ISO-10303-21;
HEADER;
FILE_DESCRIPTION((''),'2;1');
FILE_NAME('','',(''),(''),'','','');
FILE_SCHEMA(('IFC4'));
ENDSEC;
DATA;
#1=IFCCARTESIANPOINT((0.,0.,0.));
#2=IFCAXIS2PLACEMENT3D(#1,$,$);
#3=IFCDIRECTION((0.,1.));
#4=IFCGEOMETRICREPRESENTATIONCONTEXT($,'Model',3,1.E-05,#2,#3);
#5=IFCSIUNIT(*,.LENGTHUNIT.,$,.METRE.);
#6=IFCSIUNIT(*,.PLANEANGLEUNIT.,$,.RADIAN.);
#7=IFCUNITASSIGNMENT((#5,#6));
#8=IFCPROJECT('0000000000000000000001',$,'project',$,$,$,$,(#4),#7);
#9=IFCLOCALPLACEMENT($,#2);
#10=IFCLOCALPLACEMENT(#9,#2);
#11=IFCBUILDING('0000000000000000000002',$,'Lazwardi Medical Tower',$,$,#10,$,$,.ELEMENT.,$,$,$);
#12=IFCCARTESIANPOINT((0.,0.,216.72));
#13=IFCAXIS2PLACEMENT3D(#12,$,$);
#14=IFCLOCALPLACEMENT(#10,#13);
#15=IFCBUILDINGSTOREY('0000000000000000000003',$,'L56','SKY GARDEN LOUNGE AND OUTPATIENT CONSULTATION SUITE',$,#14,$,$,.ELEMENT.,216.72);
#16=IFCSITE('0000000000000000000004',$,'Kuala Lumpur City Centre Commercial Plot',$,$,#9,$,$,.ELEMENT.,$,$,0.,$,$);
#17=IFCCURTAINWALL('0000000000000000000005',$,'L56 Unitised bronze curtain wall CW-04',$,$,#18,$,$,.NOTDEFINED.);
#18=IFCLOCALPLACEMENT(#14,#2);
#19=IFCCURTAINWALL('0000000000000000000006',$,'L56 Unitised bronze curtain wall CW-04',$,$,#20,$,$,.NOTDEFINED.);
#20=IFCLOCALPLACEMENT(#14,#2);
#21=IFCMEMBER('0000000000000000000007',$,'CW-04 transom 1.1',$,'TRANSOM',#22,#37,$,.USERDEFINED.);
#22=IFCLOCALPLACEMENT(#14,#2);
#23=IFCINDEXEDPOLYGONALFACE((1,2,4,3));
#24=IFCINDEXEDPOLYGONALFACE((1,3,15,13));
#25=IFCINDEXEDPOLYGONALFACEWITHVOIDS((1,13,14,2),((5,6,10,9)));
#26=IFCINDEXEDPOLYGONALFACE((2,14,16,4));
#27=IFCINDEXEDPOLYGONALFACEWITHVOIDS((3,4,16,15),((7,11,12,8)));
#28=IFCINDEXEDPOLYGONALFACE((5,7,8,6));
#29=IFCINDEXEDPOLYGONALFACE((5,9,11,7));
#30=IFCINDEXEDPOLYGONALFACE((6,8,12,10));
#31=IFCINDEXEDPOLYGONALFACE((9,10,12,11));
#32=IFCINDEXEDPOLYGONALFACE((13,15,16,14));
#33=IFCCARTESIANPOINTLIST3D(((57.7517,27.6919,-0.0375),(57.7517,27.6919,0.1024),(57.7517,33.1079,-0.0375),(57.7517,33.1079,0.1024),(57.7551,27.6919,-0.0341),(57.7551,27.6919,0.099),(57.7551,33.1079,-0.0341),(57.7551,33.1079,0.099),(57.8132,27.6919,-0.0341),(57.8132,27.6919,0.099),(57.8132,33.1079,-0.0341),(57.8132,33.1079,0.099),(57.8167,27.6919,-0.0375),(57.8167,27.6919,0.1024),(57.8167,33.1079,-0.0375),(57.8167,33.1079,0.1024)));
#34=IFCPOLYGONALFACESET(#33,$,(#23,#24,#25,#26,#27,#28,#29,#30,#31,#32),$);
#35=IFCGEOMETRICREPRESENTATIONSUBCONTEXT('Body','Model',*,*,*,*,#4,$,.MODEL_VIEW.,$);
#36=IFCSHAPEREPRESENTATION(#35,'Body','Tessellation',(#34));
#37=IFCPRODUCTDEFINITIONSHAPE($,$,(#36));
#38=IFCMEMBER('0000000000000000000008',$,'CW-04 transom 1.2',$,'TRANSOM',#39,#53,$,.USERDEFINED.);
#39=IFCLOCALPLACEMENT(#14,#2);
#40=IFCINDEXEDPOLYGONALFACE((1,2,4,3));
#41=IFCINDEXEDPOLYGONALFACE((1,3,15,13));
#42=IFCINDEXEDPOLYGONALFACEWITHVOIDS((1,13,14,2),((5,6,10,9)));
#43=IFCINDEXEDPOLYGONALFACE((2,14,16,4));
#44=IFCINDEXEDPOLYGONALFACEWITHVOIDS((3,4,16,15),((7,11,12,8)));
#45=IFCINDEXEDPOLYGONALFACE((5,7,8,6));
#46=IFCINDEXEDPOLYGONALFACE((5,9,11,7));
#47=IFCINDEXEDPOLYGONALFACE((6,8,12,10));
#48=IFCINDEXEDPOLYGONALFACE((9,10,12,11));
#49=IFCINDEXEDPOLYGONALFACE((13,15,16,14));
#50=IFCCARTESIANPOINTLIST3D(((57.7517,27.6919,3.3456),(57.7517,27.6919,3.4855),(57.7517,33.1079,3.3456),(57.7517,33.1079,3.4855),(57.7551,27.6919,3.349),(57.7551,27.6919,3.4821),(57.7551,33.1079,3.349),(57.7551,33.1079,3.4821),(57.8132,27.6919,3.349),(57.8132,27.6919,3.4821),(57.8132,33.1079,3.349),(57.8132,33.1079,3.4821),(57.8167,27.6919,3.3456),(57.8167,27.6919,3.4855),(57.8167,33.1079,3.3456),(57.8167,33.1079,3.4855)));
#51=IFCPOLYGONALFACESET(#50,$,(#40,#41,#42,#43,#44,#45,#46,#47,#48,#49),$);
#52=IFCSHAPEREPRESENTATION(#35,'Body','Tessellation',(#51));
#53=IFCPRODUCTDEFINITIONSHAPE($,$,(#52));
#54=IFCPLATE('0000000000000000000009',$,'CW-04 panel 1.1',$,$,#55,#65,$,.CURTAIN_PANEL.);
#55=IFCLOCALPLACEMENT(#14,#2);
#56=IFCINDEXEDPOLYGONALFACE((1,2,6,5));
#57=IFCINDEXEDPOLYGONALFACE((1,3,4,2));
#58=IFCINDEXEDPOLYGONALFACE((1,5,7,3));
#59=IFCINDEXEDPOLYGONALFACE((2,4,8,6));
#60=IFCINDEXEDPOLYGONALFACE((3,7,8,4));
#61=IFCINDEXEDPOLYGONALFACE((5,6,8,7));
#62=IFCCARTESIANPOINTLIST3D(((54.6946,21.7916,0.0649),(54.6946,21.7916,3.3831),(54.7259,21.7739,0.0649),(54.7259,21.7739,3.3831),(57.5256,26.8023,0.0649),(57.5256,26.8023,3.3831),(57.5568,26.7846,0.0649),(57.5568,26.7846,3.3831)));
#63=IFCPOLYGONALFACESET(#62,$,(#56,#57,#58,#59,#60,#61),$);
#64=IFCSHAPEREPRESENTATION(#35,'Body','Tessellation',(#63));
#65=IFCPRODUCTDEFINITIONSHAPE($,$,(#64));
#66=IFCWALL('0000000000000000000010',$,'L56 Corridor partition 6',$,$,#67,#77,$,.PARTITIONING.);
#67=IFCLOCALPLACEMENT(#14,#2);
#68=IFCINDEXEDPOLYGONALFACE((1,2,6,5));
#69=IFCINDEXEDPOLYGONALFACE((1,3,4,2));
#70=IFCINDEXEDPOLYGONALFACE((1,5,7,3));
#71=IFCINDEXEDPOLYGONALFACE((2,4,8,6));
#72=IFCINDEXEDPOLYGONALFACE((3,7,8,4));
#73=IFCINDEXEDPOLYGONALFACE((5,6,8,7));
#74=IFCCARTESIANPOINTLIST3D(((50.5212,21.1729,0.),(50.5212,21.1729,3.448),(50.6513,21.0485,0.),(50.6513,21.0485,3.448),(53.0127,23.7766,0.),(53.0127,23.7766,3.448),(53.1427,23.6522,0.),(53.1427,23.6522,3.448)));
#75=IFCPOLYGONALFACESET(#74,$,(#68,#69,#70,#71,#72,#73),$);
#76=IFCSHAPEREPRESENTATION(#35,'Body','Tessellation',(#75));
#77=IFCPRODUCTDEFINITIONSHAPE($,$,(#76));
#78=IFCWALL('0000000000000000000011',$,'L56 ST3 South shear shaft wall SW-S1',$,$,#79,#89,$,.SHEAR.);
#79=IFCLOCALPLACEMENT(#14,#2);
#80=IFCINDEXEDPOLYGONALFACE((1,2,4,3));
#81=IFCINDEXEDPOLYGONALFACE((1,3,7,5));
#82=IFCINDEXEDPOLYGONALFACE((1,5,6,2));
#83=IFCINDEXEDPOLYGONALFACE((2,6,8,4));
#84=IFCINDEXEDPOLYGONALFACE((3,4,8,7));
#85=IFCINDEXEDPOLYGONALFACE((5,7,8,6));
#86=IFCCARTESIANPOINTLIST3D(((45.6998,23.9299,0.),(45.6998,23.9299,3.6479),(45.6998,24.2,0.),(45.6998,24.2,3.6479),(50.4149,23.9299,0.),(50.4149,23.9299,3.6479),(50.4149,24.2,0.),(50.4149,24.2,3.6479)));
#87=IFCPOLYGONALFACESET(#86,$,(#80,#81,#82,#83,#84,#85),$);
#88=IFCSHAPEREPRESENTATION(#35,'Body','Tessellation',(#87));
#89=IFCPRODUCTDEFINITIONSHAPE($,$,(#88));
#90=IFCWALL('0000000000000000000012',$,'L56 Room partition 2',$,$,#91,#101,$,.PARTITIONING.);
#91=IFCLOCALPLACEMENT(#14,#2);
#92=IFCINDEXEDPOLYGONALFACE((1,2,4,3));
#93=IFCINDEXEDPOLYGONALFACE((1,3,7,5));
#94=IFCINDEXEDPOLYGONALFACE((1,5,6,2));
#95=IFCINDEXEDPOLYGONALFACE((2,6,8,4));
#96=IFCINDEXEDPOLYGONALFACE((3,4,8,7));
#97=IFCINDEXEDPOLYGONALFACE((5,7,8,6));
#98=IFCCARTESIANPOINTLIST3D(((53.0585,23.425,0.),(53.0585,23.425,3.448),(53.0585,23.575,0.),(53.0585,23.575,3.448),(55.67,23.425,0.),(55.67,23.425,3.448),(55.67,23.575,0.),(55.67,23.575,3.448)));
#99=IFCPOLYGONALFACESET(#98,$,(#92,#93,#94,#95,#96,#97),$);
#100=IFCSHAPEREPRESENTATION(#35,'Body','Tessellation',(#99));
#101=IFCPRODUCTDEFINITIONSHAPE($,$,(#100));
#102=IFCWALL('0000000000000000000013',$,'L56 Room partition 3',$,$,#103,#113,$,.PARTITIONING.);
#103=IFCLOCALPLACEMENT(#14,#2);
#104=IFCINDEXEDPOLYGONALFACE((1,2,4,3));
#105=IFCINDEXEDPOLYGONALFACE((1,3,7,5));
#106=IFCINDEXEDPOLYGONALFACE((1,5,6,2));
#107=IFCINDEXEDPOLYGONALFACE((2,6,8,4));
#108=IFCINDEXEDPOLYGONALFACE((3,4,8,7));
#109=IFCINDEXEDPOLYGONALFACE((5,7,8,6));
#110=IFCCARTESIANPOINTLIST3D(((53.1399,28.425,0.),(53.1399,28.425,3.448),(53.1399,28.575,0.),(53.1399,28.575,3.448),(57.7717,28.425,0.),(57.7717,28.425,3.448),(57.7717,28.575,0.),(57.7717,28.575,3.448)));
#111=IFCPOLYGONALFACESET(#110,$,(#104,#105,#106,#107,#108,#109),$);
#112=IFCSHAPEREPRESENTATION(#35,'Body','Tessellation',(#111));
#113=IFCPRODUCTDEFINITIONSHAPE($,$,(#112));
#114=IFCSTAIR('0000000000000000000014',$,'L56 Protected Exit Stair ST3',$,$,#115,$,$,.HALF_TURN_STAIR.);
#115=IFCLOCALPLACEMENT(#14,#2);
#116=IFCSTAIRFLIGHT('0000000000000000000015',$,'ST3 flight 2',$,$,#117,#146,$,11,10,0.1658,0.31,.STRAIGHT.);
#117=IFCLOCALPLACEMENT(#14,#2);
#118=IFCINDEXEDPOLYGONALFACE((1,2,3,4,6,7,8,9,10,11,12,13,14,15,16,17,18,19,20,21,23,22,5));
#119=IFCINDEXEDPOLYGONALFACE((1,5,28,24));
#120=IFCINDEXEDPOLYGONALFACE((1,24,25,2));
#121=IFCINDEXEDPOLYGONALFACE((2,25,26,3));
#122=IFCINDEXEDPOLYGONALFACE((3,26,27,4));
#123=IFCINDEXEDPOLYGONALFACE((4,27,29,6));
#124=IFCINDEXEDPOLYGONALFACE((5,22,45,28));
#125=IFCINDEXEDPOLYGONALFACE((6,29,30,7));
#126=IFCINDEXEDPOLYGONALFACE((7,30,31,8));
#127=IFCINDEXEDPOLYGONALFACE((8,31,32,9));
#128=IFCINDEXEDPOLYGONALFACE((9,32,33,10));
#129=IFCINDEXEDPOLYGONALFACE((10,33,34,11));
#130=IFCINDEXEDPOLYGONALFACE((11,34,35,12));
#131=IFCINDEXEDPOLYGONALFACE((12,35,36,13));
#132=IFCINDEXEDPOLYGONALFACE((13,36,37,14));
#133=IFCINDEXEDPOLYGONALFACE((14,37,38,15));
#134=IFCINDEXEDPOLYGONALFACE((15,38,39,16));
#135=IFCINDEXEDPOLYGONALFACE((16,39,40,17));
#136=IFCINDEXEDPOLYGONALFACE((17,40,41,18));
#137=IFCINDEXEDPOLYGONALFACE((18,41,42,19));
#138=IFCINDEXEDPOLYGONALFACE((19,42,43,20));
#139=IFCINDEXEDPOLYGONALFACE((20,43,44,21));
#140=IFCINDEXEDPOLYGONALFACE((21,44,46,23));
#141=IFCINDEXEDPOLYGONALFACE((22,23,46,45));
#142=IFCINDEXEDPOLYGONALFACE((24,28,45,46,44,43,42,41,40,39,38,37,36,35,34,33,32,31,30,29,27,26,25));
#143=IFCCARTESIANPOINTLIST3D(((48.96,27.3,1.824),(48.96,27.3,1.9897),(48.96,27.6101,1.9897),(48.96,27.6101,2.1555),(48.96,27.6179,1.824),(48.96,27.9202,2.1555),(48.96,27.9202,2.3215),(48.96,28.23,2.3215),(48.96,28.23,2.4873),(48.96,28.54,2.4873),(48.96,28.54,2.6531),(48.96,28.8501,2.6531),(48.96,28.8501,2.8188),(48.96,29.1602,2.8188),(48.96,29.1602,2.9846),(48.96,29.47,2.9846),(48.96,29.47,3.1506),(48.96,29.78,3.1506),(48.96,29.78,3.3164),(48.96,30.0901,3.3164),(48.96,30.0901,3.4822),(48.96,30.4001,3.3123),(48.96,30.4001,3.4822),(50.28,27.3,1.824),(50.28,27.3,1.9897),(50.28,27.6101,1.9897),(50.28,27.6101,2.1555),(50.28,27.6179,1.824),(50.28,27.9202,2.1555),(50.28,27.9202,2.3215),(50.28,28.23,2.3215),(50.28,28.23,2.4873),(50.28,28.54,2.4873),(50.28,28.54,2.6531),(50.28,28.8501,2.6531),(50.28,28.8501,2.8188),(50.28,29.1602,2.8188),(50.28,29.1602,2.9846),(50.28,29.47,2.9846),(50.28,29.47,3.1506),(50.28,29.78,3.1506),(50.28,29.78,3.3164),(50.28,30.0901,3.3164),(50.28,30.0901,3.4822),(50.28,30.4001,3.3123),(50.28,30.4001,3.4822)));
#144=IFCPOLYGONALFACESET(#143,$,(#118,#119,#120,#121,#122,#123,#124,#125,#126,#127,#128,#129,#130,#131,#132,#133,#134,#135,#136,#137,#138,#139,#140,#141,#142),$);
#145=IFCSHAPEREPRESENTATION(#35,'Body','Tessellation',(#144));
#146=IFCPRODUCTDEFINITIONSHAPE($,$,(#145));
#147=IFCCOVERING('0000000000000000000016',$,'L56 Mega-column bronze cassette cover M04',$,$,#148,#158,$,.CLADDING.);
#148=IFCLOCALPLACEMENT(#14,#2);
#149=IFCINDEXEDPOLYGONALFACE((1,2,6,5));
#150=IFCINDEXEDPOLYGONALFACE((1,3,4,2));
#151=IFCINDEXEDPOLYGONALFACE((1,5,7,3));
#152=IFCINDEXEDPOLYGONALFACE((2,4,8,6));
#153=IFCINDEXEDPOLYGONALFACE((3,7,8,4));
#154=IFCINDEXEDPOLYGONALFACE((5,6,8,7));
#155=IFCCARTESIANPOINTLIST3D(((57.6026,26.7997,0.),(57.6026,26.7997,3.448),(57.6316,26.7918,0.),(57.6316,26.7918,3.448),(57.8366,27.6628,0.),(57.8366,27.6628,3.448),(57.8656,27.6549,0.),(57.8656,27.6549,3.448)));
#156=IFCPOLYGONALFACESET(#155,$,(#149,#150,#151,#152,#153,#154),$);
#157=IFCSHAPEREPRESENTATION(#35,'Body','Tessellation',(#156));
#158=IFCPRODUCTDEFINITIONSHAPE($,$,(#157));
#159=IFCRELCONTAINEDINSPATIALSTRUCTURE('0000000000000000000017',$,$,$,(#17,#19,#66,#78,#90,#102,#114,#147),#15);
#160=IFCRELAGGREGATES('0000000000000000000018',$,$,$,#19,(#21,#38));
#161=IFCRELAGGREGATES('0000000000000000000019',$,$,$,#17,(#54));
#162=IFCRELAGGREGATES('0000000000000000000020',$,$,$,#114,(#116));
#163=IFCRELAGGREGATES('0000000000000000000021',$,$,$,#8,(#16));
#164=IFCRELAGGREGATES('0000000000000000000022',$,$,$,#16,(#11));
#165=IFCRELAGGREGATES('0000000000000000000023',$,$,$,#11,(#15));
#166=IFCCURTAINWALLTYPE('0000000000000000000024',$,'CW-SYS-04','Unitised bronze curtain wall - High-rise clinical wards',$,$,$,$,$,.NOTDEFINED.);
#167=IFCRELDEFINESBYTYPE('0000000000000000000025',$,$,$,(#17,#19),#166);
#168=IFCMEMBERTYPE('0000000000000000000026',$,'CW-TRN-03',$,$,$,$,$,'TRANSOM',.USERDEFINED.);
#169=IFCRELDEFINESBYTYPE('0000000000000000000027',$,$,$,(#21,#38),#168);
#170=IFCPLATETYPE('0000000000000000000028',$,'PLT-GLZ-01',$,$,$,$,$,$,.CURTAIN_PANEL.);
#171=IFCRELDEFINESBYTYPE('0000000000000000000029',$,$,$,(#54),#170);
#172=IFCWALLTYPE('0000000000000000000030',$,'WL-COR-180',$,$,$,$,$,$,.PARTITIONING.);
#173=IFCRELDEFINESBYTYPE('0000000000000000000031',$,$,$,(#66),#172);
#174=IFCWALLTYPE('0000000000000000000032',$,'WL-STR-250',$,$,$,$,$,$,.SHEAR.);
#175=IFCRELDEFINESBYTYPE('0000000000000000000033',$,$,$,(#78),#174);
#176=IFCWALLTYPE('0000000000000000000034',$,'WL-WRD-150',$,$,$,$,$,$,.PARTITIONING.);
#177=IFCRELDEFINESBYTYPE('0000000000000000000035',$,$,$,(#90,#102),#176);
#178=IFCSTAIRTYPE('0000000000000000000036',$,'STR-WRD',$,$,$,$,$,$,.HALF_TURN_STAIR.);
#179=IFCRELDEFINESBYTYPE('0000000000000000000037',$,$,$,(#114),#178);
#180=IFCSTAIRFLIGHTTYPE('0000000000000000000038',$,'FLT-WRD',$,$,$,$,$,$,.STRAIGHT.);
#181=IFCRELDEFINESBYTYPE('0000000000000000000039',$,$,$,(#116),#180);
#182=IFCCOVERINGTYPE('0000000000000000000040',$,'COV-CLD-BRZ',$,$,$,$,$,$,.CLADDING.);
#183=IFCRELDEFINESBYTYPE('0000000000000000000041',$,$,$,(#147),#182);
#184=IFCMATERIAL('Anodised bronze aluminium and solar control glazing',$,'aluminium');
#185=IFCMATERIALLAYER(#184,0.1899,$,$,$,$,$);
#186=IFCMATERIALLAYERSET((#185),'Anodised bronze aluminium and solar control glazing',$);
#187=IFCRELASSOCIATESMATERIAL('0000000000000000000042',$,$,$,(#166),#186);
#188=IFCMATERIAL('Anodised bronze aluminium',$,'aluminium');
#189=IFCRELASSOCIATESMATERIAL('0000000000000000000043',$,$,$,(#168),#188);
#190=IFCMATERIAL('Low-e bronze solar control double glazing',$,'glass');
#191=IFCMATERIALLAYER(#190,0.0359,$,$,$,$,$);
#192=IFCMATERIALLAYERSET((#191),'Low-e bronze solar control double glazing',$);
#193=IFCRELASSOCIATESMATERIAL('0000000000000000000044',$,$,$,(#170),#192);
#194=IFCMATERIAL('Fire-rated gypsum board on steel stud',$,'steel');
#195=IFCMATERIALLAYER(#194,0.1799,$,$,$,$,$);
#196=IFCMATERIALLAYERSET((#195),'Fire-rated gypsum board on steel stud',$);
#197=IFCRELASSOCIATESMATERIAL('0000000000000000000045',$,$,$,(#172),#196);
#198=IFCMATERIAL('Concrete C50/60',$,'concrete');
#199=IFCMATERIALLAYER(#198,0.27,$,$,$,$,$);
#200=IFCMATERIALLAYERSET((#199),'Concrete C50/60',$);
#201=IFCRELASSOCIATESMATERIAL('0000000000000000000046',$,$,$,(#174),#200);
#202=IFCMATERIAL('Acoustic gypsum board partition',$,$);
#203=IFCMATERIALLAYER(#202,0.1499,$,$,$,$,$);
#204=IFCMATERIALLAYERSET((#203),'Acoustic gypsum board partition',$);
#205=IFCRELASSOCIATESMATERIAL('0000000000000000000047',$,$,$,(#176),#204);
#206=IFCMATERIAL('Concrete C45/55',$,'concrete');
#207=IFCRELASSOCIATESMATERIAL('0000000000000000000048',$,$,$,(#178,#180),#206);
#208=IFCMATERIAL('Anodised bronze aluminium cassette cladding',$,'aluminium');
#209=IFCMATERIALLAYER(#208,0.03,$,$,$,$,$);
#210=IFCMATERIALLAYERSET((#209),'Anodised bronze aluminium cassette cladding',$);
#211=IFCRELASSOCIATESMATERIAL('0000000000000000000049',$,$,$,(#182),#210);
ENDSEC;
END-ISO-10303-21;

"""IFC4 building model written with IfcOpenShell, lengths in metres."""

from ifc_helpers import new_model, si_unit, direction, frame, frame_2d, origin, origin_2d, place, context, subcontext, project, spatial, polyline, rectangle, hollow_rectangle, outline, extrude, material, layer, layer_set, material_profile, profile_set, type_object, element, aggregate, save


model = new_model("IFC4")

# Units and contexts
model_context = context("Model", 3, precision=1e-05, world=origin(), true_north=direction((0.0, 1.0)))
body_context = subcontext(model_context, "Body", "Model", "MODEL_VIEW")
ifc_project = project(units=[si_unit("LENGTHUNIT", "METRE"), si_unit("PLANEANGLEUNIT", "RADIAN")], contexts=[model_context])

# Site, building, storey
site_placement = place(None, origin())
site = spatial("IfcSite", under=ifc_project, at=site_placement, Name="Kuala Lumpur City Centre Commercial Plot", CompositionType="ELEMENT", RefElevation=0.0)
building_placement = place(site_placement, origin())
building = spatial("IfcBuilding", under=site, at=building_placement, Name="Lazwardi Medical Tower", CompositionType="ELEMENT")
storey_placement = place(building_placement, frame((0.0, 0.0, 216.72)))
storey = spatial("IfcBuildingStorey", under=building, at=storey_placement, Name="L56", Description="SKY GARDEN LOUNGE AND OUTPATIENT CONSULTATION SUITE", CompositionType="ELEMENT", Elevation=216.72)

# Curtain walls
ifc_material_1 = material(Name="Anodised bronze aluminium and solar control glazing", Category="aluminium")
ifc_layer_1 = layer(ifc_material_1, 0.1899)
ifc_layer_set_1 = layer_set([ifc_layer_1], Name="Anodised bronze aluminium and solar control glazing")
curtain_wall_type = type_object("IfcCurtainWallType", Name="CW-SYS-04", Description="Unitised bronze curtain wall - High-rise clinical wards", PredefinedType="NOTDEFINED", material=ifc_layer_set_1)
curtain_wall_1_placement = place(storey_placement, origin())
curtain_wall_1 = element("IfcCurtainWall", 1, at=curtain_wall_1_placement, inside=storey, type_object=curtain_wall_type, Name="L56 Unitised bronze curtain wall CW-04", PredefinedType="NOTDEFINED")
ifc_material_2 = material(Name="Anodised bronze aluminium", Category="aluminium")
curtain_wall_2_placement = place(storey_placement, origin())
curtain_wall_2 = element("IfcCurtainWall", 2, at=curtain_wall_2_placement, inside=storey, type_object=curtain_wall_type, Name="L56 Unitised bronze curtain wall CW-04", PredefinedType="NOTDEFINED")

# Members
ifc_material_profile_1 = material_profile(ifc_material_2, hollow_rectangle(XDim=0.0649, YDim=0.1399, WallThickness=0.0034, at=origin_2d()), Name="ALU-TRANSOM 140x65x3.5")
ifc_profile_set_1 = profile_set([ifc_material_profile_1], Name="Anodised bronze aluminium")
member_type_1 = type_object("IfcMemberType", Name="CW-TRN-03", ElementType="TRANSOM", PredefinedType="USERDEFINED", material=ifc_profile_set_1)
member_1_placement = place(storey_placement, frame((57.7842, 27.6919, 0.0325), z_axis=(0.0, 1.0, 0.0), x_axis=(-1.0, 0.0, 0.0)))
member_1 = element("IfcMember", 3, at=member_1_placement, type_object=member_type_1, Name="CW-04 transom 1.1", ObjectType="TRANSOM", PredefinedType="USERDEFINED", context=body_context, shape_type="SweptSolid", body=[
    extrude(hollow_rectangle(XDim=0.0649, YDim=0.1399, WallThickness=0.0034, at=origin_2d()), origin(), (0.0, 0.0, 1.0), 5.416),
])
member_2_placement = place(storey_placement, frame((57.7842, 27.6919, 3.4155), z_axis=(0.0, 1.0, 0.0), x_axis=(-1.0, 0.0, 0.0)))
member_2 = element("IfcMember", 4, at=member_2_placement, type_object=member_type_1, Name="CW-04 transom 1.2", ObjectType="TRANSOM", PredefinedType="USERDEFINED", context=body_context, shape_type="SweptSolid", body=[
    extrude(hollow_rectangle(XDim=0.0649, YDim=0.1399, WallThickness=0.0034, at=origin_2d()), origin(), (0.0, 0.0, 1.0), 5.416),
])
aggregate(curtain_wall_2, [member_1, member_2])

# Plate
ifc_material_3 = material(Name="Low-e bronze solar control double glazing", Category="glass")
ifc_layer_2 = layer(ifc_material_3, 0.0359)
ifc_layer_set_2 = layer_set([ifc_layer_2], Name="Low-e bronze solar control double glazing")
plate_type = type_object("IfcPlateType", Name="PLT-GLZ-01", PredefinedType="CURTAIN_PANEL", material=ifc_layer_set_2)
plate_placement = place(storey_placement, frame((56.1257, 24.2881, 0.0649), z_axis=(0.0, 0.0, 1.0), x_axis=(0.4919, 0.870651, 0.0)))
plate = element("IfcPlate", 5, at=plate_placement, type_object=plate_type, Name="CW-04 panel 1.1", PredefinedType="CURTAIN_PANEL", context=body_context, shape_type="SweptSolid", body=[
    extrude(rectangle(XDim=5.7551, YDim=0.0359, at=origin_2d()), origin(), (0.0, 0.0, 1.0), 3.3181),
])
aggregate(curtain_wall_1, [plate])

# Walls
ifc_material_4 = material(Name="Fire-rated gypsum board on steel stud", Category="steel")
ifc_layer_3 = layer(ifc_material_4, 0.1799)
ifc_layer_set_3 = layer_set([ifc_layer_3], Name="Fire-rated gypsum board on steel stud")
wall_type_1 = type_object("IfcWallType", Name="WL-COR-180", PredefinedType="PARTITIONING", material=ifc_layer_set_3)
wall_1_placement = place(storey_placement, frame((53.0776, 23.7144, 0.0), z_axis=(0.0, 0.0, 1.0), x_axis=(-0.691353, -0.722517, 0.0)))
element("IfcWall", 6, at=wall_1_placement, inside=storey, type_object=wall_type_1, Name="L56 Corridor partition 6", PredefinedType="PARTITIONING", context=body_context, shape_type="SweptSolid", body=[
    extrude(rectangle(XDim=3.6038, YDim=0.1799, at=frame_2d((1.8018, 0.0))), origin(), (0.0, 0.0, 1.0), 3.448),
])
ifc_material_5 = material(Name="Concrete C50/60", Category="concrete")
ifc_layer_4 = layer(ifc_material_5, 0.27)
ifc_layer_set_4 = layer_set([ifc_layer_4], Name="Concrete C50/60")
wall_type_2 = type_object("IfcWallType", Name="WL-STR-250", PredefinedType="SHEAR", material=ifc_layer_set_4)
wall_2_placement = place(storey_placement, frame((45.7, 24.0649, 0.0), z_axis=(0.0, 0.0, 1.0), x_axis=(1.0, 0.0, 0.0)))
element("IfcWall", 7, at=wall_2_placement, inside=storey, type_object=wall_type_2, Name="L56 ST3 South shear shaft wall SW-S1", PredefinedType="SHEAR", context=body_context, shape_type="SweptSolid", body=[
    extrude(rectangle(XDim=4.7151, YDim=0.27, at=frame_2d((2.3574, 0.0))), origin(), (0.0, 0.0, 1.0), 3.6479),
])
ifc_material_6 = material(Name="Acoustic gypsum board partition")
ifc_layer_5 = layer(ifc_material_6, 0.1499)
ifc_layer_set_5 = layer_set([ifc_layer_5], Name="Acoustic gypsum board partition")
wall_type_3 = type_object("IfcWallType", Name="WL-WRD-150", PredefinedType="PARTITIONING", material=ifc_layer_set_5)
wall_3_placement = place(storey_placement, frame((53.0586, 23.5, 0.0), z_axis=(0.0, 0.0, 1.0), x_axis=(1.0, 0.0, 0.0)))
element("IfcWall", 8, at=wall_3_placement, inside=storey, type_object=wall_type_3, Name="L56 Room partition 2", PredefinedType="PARTITIONING", context=body_context, shape_type="SweptSolid", body=[
    extrude(rectangle(XDim=2.6116, YDim=0.1499, at=frame_2d((1.3057, 0.0))), origin(), (0.0, 0.0, 1.0), 3.448),
])
wall_4_placement = place(storey_placement, frame((53.1399, 28.5, 0.0), z_axis=(0.0, 0.0, 1.0), x_axis=(1.0, 0.0, 0.0)))
element("IfcWall", 9, at=wall_4_placement, inside=storey, type_object=wall_type_3, Name="L56 Room partition 3", PredefinedType="PARTITIONING", context=body_context, shape_type="SweptSolid", body=[
    extrude(rectangle(XDim=4.6318, YDim=0.1499, at=frame_2d((2.3159, 0.0))), origin(), (0.0, 0.0, 1.0), 3.448),
])

# Stair, stair flight
ifc_material_7 = material(Name="Concrete C45/55", Category="concrete")
stair_type = type_object("IfcStairType", Name="STR-WRD", PredefinedType="HALF_TURN_STAIR", material=ifc_material_7)
stair_placement = place(storey_placement, origin())
stair = element("IfcStair", 10, at=stair_placement, inside=storey, type_object=stair_type, Name="L56 Protected Exit Stair ST3", PredefinedType="HALF_TURN_STAIR")
stair_flight_type = type_object("IfcStairFlightType", Name="FLT-WRD", PredefinedType="STRAIGHT", material=ifc_material_7)
stair_flight_placement = place(storey_placement, frame((49.6201, 27.3, 1.824), z_axis=(0.0, 0.0, 1.0), x_axis=(0.0, 1.0, 0.0)))
stair_flight = element("IfcStairFlight", 11, at=stair_flight_placement, type_object=stair_flight_type, Name="ST3 flight 2", NumberOfRisers=11, NumberOfTreads=10, PredefinedType="STRAIGHT", RiserHeight=0.1658, TreadLength=0.31, context=body_context, shape_type="SweptSolid", body=[
    extrude(outline(polyline([(0.0, 0.0), (0.0, 0.1658), (0.3101, 0.1658), (0.3101, 0.3315), (0.6201, 0.3315), (0.6201, 0.4976), (0.9299, 0.4976), (0.9299, 0.6633), (1.24, 0.6633), (1.24, 0.8291), (1.55, 0.8291), (1.55, 0.9949), (1.8601, 0.9949), (1.8601, 1.1606), (2.1699, 1.1606), (2.1699, 1.3267), (2.48, 1.3267), (2.48, 1.4924), (2.79, 1.4924), (2.79, 1.6582), (3.1001, 1.6582), (3.1001, 1.824), (3.1001, 1.4883), (0.3179, 0.0), (0.0, 0.0)])), frame((0.0, 0.6602, 0.0), z_axis=(0.0, -1.0, 0.0), x_axis=(1.0, 0.0, 0.0)), (0.0, 0.0, 1.0), 1.3201),
])
aggregate(stair, [stair_flight])

# Covering
ifc_material_8 = material(Name="Anodised bronze aluminium cassette cladding", Category="aluminium")
ifc_layer_6 = layer(ifc_material_8, 0.03)
ifc_layer_set_6 = layer_set([ifc_layer_6], Name="Anodised bronze aluminium cassette cladding")
covering_type = type_object("IfcCoveringType", Name="COV-CLD-BRZ", PredefinedType="CLADDING", material=ifc_layer_set_6)
covering_placement = place(storey_placement, frame((57.7341, 27.2273, 0.0), z_axis=(0.0, 0.0, 1.0), x_axis=(0.261642, 0.965165, 0.0)))
element("IfcCovering", 12, at=covering_placement, inside=storey, type_object=covering_type, Name="L56 Mega-column bronze cassette cover M04", PredefinedType="CLADDING", context=body_context, shape_type="SweptSolid", body=[
    extrude(rectangle(XDim=0.8943, YDim=0.03, at=origin_2d()), origin(), (0.0, 0.0, 1.0), 3.448),
])

save(model, "model.ifc")
